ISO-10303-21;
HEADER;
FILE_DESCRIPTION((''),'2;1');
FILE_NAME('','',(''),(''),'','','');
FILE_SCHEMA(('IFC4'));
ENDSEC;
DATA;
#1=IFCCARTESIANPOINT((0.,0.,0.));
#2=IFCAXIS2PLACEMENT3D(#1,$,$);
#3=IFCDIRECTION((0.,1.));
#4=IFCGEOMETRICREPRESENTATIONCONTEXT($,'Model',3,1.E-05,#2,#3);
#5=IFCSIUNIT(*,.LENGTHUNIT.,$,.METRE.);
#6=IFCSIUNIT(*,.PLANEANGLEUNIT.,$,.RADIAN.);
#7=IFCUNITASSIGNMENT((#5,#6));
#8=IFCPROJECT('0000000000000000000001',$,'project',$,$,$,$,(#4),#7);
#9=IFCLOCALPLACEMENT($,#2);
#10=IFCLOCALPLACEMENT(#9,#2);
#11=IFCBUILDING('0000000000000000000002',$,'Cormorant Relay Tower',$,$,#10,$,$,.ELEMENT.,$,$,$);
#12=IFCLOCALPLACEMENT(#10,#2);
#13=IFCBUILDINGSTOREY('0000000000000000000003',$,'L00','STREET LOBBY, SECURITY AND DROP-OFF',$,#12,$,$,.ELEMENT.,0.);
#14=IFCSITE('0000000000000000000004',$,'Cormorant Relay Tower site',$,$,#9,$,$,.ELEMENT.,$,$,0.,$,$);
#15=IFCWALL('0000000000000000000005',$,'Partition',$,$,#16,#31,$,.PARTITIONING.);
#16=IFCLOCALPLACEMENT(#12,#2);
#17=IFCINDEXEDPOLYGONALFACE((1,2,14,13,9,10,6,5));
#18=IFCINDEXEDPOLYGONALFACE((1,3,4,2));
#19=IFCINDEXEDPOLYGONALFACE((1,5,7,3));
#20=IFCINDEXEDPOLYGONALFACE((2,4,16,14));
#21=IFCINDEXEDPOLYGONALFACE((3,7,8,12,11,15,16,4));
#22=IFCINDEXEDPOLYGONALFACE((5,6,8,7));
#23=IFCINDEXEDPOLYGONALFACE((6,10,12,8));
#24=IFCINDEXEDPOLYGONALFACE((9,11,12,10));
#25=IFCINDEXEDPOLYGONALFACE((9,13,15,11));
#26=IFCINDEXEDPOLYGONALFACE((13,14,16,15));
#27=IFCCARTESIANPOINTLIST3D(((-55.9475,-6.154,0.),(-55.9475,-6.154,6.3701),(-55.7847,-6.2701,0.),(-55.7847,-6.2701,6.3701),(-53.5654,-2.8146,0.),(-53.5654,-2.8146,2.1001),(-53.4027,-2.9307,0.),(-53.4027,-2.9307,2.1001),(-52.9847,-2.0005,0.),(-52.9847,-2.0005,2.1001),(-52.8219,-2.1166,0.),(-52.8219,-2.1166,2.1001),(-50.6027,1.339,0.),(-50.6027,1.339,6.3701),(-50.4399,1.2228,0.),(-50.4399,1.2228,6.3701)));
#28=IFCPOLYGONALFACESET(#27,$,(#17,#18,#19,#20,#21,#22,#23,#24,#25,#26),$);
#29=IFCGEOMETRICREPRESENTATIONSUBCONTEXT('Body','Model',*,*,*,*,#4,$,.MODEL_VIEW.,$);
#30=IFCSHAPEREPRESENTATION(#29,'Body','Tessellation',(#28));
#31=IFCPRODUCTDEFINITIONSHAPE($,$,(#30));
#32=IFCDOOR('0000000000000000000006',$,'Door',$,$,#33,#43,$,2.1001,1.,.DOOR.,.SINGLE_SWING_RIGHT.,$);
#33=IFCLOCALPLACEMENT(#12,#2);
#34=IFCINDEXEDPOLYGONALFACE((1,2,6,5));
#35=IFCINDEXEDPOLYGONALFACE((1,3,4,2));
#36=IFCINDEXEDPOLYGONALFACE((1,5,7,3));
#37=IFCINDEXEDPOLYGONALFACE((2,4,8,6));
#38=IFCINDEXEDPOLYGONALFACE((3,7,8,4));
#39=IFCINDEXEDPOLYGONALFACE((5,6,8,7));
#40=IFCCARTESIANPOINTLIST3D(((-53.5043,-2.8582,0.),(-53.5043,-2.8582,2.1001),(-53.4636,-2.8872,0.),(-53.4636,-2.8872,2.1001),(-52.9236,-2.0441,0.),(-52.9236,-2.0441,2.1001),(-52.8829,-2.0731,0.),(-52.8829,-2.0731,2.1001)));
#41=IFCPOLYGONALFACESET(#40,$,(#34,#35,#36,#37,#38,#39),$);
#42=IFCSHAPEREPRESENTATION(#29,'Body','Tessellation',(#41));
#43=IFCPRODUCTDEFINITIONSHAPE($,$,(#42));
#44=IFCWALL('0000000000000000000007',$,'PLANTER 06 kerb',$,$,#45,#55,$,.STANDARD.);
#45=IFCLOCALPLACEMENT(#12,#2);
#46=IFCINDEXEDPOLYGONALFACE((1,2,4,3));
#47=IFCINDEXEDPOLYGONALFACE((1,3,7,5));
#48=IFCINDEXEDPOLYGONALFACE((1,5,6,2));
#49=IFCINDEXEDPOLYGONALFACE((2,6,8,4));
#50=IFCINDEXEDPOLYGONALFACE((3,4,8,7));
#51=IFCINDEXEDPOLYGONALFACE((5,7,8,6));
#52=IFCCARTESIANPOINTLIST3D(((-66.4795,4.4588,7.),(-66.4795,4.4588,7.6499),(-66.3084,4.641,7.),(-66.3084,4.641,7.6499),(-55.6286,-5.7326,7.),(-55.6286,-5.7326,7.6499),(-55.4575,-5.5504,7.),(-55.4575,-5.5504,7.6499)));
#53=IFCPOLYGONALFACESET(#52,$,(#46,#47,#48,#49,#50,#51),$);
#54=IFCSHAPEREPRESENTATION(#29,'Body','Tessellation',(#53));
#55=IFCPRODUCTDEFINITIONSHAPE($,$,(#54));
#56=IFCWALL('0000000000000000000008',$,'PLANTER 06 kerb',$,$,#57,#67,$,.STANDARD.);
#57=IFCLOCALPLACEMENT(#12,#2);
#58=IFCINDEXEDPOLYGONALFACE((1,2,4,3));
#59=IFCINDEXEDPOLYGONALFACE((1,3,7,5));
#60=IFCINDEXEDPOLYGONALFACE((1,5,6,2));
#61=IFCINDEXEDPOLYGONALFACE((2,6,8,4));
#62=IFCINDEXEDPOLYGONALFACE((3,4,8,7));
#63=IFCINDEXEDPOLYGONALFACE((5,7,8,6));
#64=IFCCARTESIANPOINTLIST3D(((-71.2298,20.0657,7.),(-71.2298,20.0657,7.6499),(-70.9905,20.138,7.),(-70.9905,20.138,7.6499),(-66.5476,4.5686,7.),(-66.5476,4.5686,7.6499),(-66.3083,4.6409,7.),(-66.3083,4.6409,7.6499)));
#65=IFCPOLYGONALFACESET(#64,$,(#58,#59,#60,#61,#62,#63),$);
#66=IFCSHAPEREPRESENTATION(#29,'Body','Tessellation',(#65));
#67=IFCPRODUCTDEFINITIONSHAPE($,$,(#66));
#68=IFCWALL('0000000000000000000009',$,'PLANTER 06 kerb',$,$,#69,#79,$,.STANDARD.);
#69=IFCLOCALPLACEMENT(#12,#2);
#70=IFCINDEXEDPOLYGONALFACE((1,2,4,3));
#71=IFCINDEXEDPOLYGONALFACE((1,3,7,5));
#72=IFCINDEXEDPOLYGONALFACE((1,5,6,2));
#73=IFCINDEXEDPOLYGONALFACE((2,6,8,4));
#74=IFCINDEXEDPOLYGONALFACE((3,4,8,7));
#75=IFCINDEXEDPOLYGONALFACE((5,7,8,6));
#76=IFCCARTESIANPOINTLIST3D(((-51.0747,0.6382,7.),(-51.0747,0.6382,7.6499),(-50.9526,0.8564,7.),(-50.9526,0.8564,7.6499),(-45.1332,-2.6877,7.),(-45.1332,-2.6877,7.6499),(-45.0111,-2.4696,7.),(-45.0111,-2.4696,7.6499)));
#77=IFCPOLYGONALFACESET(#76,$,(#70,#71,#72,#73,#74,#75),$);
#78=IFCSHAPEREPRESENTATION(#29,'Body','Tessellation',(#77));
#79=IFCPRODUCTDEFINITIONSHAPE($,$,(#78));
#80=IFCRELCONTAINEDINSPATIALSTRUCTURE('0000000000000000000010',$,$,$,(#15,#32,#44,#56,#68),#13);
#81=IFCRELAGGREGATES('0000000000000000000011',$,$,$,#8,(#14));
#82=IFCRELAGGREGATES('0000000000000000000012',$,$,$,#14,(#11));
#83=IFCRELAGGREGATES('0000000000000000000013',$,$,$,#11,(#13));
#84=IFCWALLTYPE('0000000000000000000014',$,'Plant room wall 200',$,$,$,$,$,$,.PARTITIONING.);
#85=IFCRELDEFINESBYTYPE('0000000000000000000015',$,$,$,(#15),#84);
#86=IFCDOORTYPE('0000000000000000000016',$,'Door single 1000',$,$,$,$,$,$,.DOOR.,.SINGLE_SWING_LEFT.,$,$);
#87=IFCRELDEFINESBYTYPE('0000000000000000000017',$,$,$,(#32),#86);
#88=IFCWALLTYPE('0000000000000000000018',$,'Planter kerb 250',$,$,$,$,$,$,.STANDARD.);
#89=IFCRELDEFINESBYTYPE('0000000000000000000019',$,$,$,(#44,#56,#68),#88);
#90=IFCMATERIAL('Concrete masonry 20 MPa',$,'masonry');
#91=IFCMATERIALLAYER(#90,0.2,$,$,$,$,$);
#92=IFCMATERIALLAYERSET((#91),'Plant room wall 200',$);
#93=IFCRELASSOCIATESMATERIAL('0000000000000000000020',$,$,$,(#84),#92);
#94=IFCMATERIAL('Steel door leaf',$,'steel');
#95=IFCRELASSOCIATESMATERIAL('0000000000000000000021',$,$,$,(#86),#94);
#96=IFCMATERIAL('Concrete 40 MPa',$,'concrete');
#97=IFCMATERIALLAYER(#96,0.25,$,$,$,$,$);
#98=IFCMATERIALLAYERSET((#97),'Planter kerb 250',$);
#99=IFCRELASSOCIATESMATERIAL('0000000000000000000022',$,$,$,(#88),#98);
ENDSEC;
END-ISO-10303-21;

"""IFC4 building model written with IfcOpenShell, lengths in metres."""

from ifc_helpers import new_model, si_unit, direction, frame, frame_2d, origin, place, context, subcontext, project, spatial, rectangle, extrude, material, layer, layer_set, type_object, element, fill, save


model = new_model("IFC4")

# Units and contexts
model_context = context("Model", 3, precision=1e-05, world=origin(), true_north=direction((0.0, 1.0)))
body_context = subcontext(model_context, "Body", "Model", "MODEL_VIEW")
ifc_project = project(units=[si_unit("LENGTHUNIT", "METRE"), si_unit("PLANEANGLEUNIT", "RADIAN")], contexts=[model_context])

# Site, building, storey
site_placement = place(None, origin())
site = spatial("IfcSite", under=ifc_project, at=site_placement, Name="Cormorant Relay Tower site", CompositionType="ELEMENT", RefElevation=0.0)
building_placement = place(site_placement, origin())
building = spatial("IfcBuilding", under=site, at=building_placement, Name="Cormorant Relay Tower", CompositionType="ELEMENT")
storey_placement = place(building_placement, origin())
storey = spatial("IfcBuildingStorey", under=building, at=storey_placement, Name="L00", Description="STREET LOBBY, SECURITY AND DROP-OFF", CompositionType="ELEMENT", Elevation=0.0)

# Wall, opening, door
ifc_material_1 = material(Name="Concrete masonry 20 MPa", Category="masonry")
ifc_layer_1 = layer(ifc_material_1, 0.2)
ifc_layer_set_1 = layer_set([ifc_layer_1], Name="Plant room wall 200")
wall_type_1 = type_object("IfcWallType", Name="Plant room wall 200", PredefinedType="PARTITIONING", material=ifc_layer_set_1)
wall_1_placement = place(storey_placement, frame((-50.5212, 1.281, 0.0), z_axis=(0.0, 0.0, 1.0), x_axis=(-0.580709, -0.814111, 0.0)))
wall_1 = element("IfcWall", 1, at=wall_1_placement, inside=storey, type_object=wall_type_1, Name="Partition", PredefinedType="PARTITIONING", context=body_context, shape_type="SweptSolid", body=[
    extrude(rectangle(XDim=9.2039, YDim=0.2, at=frame_2d((4.6021, 0.0))), origin(), (0.0, 0.0, 1.0), 6.3701),
])
opening_1_placement = place(wall_1_placement, frame((4.1021, 0.0, 0.0)))
opening_1 = element("IfcOpeningElement", 2, at=opening_1_placement, cuts=wall_1, PredefinedType="OPENING", context=body_context, shape_type="SweptSolid", body=[
    extrude(rectangle(XDim=1.0, YDim=2.1001, at=frame_2d((0.5, 1.05))), frame((0.0, 0.1099, 0.0), z_axis=(0.0, -1.0, 0.0), x_axis=(1.0, 0.0, 0.0)), (0.0, 0.0, 1.0), 0.22),
])
ifc_material_2 = material(Name="Steel door leaf", Category="steel")
door_type_1 = type_object("IfcDoorType", Name="Door single 1000", OperationType="SINGLE_SWING_LEFT", PredefinedType="DOOR", material=ifc_material_2)
door_1_placement = place(opening_1_placement, frame((1.0, 0.0, 0.0), z_axis=(0.0, 0.0, 1.0), x_axis=(-1.0, 0.0, 0.0)))
door_1 = element("IfcDoor", 3, at=door_1_placement, inside=storey, type_object=door_type_1, Name="Door", OperationType="SINGLE_SWING_RIGHT", OverallHeight=2.1001, OverallWidth=1.0, PredefinedType="DOOR", context=body_context, shape_type="SweptSolid", body=[
    extrude(rectangle(XDim=1.0, YDim=2.1001, at=frame_2d((0.5, 1.05))), frame((0.0, 0.0249, 0.0), z_axis=(0.0, -1.0, 0.0), x_axis=(1.0, 0.0, 0.0)), (0.0, 0.0, 1.0), 0.05),
])
fill(opening_1, door_1)

# Walls
ifc_material_3 = material(Name="Concrete 40 MPa", Category="concrete")
ifc_layer_2 = layer(ifc_material_3, 0.25)
ifc_layer_set_2 = layer_set([ifc_layer_2], Name="Planter kerb 250")
wall_type_2 = type_object("IfcWallType", Name="Planter kerb 250", PredefinedType="STANDARD", material=ifc_layer_set_2)
wall_2_placement = place(storey_placement, frame((-55.543, -5.6416, 7.0), z_axis=(0.0, 0.0, 1.0), x_axis=(-0.728908, 0.684611, 0.0)))
element("IfcWall", 4, at=wall_2_placement, inside=storey, type_object=wall_type_2, Name="PLANTER 06 kerb", PredefinedType="STANDARD", context=body_context, shape_type="SweptSolid", body=[
    extrude(rectangle(XDim=14.8865, YDim=0.25, at=frame_2d((7.4434, 0.0))), origin(), (0.0, 0.0, 1.0), 0.6499),
])
wall_3_placement = place(storey_placement, frame((-66.428, 4.6047, 7.0), z_axis=(0.0, 0.0, 1.0), x_axis=(-0.289218, 0.957263, 0.0)))
element("IfcWall", 5, at=wall_3_placement, inside=storey, type_object=wall_type_2, Name="PLANTER 06 kerb", PredefinedType="STANDARD", context=body_context, shape_type="SweptSolid", body=[
    extrude(rectangle(XDim=16.189, YDim=0.25, at=frame_2d((8.0945, 0.0))), origin(), (0.0, 0.0, 1.0), 0.6499),
])
wall_4_placement = place(storey_placement, frame((-51.0137, 0.7473, 7.0), z_axis=(0.0, 0.0, 1.0), x_axis=(0.872585, -0.488463, 0.0)))
element("IfcWall", 6, at=wall_4_placement, inside=storey, type_object=wall_type_2, Name="PLANTER 06 kerb", PredefinedType="STANDARD", context=body_context, shape_type="SweptSolid", body=[
    extrude(rectangle(XDim=6.8091, YDim=0.25, at=frame_2d((3.4045, 0.0))), origin(), (0.0, 0.0, 1.0), 0.6499),
])

save(model, "model.ifc")
